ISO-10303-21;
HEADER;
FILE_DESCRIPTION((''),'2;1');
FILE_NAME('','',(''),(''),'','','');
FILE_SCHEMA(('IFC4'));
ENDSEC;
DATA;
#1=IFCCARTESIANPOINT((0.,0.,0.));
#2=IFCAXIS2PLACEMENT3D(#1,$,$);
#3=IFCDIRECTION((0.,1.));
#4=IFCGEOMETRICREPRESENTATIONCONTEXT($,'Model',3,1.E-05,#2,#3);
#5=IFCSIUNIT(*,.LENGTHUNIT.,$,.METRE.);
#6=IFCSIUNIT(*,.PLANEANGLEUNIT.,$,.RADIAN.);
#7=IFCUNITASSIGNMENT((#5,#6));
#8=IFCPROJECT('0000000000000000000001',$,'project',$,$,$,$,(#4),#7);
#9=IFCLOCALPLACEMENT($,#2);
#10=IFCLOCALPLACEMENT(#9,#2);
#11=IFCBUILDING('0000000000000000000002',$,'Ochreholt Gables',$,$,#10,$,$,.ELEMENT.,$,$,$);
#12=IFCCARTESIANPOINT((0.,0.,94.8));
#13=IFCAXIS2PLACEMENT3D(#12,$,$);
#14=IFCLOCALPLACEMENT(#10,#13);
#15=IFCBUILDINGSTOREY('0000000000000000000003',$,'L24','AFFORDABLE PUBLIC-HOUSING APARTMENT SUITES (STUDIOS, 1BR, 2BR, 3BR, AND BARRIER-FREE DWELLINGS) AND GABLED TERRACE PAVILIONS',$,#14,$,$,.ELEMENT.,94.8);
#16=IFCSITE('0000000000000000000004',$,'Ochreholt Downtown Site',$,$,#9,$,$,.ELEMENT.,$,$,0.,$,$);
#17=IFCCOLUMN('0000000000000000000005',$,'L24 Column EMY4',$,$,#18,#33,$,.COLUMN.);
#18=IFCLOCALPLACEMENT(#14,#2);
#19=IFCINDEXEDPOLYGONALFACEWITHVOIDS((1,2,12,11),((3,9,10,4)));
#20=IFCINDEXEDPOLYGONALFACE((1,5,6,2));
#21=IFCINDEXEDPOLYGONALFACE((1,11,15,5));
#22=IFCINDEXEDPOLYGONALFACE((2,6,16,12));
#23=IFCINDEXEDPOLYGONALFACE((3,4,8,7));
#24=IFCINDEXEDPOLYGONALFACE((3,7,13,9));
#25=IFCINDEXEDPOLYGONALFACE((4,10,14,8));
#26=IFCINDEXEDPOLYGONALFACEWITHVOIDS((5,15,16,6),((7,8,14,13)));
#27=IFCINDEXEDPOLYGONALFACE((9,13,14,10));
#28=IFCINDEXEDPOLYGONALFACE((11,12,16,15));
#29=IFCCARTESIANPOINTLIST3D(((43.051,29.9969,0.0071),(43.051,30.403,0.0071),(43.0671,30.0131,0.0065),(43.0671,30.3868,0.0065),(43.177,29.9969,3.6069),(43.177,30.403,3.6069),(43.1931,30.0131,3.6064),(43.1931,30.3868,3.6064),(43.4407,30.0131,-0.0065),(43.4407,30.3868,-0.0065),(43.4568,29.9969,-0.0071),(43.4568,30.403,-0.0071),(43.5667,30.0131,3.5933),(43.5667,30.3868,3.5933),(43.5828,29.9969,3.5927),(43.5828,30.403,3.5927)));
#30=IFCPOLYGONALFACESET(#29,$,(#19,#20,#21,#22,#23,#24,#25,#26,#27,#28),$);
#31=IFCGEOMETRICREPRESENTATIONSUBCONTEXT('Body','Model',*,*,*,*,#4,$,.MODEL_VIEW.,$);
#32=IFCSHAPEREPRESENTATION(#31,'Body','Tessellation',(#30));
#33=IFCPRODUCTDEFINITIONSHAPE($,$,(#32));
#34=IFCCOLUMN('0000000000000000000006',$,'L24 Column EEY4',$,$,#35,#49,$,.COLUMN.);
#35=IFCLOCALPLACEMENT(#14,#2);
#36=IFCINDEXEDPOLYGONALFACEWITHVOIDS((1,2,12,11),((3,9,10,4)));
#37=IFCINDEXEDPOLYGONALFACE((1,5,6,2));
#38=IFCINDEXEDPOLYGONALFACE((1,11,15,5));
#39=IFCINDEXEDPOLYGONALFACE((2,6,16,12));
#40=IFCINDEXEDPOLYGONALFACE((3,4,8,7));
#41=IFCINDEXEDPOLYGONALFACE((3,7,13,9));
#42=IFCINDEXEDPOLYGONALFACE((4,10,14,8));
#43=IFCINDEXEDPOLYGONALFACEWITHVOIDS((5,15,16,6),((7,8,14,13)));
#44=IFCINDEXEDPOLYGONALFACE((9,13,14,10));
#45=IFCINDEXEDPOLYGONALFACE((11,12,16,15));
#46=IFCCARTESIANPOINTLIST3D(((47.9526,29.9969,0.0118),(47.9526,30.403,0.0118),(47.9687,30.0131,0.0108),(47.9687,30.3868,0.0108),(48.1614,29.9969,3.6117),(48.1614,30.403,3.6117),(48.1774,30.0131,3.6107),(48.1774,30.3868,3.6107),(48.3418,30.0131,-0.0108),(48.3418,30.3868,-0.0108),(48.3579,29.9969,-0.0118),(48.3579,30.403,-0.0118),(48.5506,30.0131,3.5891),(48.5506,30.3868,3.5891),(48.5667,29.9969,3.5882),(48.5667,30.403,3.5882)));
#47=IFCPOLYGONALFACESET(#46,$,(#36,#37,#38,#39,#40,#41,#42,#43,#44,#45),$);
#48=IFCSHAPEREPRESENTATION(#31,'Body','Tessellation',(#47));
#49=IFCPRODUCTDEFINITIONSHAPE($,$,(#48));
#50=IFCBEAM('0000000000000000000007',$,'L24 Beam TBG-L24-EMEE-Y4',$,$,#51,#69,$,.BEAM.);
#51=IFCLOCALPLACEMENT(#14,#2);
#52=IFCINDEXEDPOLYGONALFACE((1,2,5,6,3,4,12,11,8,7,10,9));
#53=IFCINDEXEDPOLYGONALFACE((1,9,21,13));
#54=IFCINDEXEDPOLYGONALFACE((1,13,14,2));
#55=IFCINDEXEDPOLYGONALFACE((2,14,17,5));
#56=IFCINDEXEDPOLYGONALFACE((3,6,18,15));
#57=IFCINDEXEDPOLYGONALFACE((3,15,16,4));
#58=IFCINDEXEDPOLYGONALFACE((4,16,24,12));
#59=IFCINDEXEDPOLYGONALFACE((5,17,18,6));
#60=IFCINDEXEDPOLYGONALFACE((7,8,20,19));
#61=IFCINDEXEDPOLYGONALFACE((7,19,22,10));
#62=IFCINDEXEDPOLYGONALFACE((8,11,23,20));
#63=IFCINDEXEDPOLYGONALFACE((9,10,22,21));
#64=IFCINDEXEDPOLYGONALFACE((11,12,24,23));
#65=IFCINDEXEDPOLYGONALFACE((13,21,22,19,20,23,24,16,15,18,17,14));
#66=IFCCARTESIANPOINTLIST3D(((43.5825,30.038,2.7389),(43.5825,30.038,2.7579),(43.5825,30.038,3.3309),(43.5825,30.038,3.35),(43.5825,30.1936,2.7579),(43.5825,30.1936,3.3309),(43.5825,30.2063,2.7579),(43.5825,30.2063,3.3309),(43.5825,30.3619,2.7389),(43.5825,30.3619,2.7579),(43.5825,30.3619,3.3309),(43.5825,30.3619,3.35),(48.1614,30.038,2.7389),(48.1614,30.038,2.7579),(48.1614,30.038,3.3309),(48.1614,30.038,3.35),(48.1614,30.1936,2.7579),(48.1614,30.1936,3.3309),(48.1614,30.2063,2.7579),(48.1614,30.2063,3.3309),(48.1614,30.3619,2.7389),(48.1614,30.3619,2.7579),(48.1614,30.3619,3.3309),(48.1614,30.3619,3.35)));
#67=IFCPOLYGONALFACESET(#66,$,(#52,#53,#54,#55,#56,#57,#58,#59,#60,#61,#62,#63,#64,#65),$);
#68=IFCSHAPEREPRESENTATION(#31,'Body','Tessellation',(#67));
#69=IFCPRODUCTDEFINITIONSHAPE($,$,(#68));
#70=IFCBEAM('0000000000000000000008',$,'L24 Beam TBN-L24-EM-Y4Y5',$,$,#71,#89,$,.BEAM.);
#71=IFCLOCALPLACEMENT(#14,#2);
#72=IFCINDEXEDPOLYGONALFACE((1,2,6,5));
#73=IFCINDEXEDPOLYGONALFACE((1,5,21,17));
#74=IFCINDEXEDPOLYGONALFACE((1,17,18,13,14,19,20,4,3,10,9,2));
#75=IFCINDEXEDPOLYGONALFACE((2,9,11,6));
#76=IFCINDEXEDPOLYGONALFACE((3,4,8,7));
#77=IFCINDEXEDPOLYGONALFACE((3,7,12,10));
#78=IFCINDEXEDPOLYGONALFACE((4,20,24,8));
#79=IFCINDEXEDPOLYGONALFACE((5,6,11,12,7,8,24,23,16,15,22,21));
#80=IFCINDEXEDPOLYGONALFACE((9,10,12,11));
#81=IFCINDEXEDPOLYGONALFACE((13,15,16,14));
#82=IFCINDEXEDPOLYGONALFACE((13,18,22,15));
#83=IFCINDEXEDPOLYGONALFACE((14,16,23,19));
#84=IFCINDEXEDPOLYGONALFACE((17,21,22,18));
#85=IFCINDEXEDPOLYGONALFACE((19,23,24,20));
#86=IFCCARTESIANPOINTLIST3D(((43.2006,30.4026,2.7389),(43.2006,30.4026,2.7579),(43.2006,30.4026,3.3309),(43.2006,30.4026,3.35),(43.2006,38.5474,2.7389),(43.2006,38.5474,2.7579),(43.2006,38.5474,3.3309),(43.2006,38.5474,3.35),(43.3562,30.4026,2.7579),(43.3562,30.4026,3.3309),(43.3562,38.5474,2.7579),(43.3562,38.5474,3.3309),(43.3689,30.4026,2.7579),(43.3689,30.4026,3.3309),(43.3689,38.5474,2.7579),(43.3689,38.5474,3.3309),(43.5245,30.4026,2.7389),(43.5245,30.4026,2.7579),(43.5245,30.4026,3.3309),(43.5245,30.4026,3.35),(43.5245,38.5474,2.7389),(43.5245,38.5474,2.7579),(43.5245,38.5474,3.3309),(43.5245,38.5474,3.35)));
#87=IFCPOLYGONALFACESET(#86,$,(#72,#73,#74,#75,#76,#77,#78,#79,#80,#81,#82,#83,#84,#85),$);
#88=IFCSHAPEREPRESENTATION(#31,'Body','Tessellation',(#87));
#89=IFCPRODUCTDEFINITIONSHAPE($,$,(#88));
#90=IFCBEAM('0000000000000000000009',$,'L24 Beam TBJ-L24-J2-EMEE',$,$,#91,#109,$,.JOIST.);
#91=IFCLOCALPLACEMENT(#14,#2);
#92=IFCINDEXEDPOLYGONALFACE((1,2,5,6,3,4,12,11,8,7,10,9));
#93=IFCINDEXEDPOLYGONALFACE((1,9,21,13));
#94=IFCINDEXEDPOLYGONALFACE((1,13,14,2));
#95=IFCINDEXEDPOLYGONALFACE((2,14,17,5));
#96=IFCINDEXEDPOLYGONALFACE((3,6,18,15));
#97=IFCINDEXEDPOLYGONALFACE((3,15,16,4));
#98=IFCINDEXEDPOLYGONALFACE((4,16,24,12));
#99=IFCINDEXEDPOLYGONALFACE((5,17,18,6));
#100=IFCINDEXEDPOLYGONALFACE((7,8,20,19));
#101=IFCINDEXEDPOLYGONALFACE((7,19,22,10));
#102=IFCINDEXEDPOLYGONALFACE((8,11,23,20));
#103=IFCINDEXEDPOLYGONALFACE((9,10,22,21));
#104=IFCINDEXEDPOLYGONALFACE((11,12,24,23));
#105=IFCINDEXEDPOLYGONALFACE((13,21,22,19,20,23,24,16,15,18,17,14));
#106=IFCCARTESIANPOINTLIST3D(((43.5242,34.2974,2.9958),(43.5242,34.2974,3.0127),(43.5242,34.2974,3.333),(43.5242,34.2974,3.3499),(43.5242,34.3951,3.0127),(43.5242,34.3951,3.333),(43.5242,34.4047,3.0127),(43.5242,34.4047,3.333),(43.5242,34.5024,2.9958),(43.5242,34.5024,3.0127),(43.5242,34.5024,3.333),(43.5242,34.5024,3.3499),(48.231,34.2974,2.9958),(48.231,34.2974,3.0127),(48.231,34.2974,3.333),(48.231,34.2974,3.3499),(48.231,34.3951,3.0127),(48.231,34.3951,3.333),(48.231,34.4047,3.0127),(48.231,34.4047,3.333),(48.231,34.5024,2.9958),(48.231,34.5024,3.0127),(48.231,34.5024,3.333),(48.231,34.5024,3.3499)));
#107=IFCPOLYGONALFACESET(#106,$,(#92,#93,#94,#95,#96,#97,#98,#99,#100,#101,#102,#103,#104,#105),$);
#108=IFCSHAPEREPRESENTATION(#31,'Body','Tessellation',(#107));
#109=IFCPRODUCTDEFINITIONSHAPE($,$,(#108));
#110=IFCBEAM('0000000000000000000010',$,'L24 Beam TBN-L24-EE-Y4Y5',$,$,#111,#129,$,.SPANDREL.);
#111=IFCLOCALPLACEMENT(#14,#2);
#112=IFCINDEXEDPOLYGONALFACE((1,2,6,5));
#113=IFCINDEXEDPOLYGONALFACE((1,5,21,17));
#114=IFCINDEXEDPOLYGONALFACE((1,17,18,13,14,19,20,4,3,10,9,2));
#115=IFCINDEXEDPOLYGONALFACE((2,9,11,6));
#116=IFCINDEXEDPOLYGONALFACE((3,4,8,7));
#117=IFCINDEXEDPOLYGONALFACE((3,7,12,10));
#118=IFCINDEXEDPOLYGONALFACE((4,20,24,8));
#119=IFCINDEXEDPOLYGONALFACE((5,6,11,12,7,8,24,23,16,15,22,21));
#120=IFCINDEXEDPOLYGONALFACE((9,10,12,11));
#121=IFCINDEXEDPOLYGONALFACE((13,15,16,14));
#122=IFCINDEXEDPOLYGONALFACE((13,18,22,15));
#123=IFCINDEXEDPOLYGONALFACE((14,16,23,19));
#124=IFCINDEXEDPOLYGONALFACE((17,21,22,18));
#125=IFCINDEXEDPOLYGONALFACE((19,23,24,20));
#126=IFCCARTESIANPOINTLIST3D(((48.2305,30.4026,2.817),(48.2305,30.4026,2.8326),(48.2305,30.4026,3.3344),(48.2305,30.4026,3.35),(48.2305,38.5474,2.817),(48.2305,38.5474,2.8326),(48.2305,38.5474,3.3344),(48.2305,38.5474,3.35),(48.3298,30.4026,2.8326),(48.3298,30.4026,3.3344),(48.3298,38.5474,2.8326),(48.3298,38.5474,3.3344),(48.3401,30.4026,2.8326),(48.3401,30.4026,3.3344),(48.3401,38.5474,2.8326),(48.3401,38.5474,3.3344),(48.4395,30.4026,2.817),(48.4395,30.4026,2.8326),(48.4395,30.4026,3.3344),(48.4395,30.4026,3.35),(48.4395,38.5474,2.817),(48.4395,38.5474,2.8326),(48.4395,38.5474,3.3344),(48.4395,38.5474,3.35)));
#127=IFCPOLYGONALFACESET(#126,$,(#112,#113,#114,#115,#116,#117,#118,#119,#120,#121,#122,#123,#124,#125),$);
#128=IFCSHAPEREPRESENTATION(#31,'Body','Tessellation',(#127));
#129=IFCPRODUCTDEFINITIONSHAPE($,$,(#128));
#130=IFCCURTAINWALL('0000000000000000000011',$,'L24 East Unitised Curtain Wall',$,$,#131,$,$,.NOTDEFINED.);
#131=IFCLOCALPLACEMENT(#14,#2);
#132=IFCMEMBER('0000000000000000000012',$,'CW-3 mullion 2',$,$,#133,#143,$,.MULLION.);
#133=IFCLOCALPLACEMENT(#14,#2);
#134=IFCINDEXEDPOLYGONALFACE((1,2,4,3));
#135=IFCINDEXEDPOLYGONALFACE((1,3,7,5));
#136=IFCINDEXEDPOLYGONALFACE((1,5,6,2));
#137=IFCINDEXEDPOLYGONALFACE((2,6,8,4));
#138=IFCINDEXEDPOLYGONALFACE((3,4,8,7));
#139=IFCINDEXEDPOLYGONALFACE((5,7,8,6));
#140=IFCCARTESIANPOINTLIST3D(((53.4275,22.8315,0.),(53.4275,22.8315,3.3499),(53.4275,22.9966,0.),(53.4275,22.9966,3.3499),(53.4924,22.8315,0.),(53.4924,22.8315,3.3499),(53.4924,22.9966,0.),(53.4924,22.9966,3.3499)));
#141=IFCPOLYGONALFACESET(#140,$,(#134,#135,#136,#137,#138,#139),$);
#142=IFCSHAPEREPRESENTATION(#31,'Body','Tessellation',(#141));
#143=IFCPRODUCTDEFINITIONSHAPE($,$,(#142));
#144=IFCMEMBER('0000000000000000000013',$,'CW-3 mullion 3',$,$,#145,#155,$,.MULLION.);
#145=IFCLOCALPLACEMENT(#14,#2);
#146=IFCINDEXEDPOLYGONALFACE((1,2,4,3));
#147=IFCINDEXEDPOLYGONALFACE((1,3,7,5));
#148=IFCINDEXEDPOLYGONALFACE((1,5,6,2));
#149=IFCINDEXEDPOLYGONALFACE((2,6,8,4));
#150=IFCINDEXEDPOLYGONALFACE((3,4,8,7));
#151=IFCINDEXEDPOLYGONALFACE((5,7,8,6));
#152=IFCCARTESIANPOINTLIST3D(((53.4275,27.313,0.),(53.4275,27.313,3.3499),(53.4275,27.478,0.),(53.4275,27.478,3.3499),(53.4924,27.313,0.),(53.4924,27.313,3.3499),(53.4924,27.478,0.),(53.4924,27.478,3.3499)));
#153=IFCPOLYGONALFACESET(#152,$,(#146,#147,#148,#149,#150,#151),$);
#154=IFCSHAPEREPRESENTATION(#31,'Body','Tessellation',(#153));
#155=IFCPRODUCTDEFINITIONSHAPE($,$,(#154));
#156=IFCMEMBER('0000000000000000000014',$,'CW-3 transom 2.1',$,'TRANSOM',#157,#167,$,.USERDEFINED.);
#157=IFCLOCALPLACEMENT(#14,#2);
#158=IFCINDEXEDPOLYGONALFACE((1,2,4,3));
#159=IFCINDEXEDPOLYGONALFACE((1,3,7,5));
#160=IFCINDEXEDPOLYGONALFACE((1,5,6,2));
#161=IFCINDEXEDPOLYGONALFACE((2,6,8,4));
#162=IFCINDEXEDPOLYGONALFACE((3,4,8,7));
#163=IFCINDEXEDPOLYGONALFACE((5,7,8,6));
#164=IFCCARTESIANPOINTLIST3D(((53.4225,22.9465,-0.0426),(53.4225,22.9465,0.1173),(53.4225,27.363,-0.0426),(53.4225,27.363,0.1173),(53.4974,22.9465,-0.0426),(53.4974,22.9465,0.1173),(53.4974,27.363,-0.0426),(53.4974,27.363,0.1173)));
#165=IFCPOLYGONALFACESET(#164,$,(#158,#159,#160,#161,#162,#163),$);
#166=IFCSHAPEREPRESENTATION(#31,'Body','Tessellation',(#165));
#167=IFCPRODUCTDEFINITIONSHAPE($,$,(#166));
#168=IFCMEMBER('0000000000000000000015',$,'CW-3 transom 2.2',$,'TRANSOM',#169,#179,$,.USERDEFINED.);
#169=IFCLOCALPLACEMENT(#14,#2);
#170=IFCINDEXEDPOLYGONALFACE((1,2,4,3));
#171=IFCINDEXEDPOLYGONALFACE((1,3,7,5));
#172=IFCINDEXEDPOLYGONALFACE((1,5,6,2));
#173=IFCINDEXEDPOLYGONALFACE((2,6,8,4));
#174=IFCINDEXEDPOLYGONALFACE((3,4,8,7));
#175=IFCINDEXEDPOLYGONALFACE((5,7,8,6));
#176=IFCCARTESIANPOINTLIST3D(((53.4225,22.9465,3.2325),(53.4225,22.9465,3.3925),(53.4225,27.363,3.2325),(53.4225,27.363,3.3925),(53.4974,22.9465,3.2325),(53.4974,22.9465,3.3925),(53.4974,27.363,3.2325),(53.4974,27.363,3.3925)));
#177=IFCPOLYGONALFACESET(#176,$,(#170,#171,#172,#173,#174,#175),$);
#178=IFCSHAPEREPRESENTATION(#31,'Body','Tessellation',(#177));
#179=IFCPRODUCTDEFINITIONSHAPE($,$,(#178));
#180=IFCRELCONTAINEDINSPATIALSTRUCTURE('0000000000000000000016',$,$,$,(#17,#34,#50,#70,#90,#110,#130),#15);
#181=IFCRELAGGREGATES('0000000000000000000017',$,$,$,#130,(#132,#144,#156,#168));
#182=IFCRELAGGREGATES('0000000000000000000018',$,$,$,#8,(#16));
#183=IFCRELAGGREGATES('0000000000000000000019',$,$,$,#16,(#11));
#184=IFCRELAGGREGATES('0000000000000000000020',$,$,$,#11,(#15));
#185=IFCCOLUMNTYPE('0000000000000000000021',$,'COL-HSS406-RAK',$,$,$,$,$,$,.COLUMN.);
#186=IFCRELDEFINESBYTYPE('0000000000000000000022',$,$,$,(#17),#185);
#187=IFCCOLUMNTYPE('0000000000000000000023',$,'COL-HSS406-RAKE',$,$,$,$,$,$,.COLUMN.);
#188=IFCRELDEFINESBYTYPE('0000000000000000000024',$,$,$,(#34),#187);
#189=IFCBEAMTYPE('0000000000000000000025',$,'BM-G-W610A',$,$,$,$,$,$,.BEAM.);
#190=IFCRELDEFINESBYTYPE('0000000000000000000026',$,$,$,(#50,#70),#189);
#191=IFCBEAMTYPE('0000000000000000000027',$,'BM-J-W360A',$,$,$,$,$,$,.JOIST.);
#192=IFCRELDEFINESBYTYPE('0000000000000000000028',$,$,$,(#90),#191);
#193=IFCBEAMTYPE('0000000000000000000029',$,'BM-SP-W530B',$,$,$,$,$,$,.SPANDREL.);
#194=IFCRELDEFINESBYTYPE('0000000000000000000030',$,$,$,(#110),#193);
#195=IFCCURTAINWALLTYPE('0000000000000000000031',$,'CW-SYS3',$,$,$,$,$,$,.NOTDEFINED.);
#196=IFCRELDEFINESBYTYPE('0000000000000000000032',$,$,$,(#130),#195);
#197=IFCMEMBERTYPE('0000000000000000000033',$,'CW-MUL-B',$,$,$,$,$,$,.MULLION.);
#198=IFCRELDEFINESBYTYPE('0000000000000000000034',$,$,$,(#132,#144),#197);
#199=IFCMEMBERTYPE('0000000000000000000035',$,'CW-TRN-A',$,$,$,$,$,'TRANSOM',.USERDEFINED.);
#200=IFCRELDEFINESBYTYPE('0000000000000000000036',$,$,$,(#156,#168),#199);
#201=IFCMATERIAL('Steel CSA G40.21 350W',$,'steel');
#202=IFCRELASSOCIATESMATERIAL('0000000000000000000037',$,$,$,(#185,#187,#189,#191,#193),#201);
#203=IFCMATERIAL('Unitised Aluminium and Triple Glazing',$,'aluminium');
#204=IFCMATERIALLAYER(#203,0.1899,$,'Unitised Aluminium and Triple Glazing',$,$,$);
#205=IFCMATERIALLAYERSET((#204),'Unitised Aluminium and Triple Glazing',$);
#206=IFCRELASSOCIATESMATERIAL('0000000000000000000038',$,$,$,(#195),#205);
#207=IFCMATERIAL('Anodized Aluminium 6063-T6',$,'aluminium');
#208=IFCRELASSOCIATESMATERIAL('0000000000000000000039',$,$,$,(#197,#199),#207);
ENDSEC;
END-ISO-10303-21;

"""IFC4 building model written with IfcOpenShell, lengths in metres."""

from ifc_helpers import new_model, si_unit, direction, frame, origin, origin_2d, place, context, subcontext, project, spatial, rectangle, hollow_rectangle, i_section, extrude, material, layer, layer_set, material_profile, profile_set, type_object, element, aggregate, save


model = new_model("IFC4")

# Units and contexts
model_context = context("Model", 3, precision=1e-05, world=origin(), true_north=direction((0.0, 1.0)))
body_context = subcontext(model_context, "Body", "Model", "MODEL_VIEW")
ifc_project = project(units=[si_unit("LENGTHUNIT", "METRE"), si_unit("PLANEANGLEUNIT", "RADIAN")], contexts=[model_context])

# Site, building, storey
site_placement = place(None, origin())
site = spatial("IfcSite", under=ifc_project, at=site_placement, Name="Ochreholt Downtown Site", CompositionType="ELEMENT", RefElevation=0.0)
building_placement = place(site_placement, origin())
building = spatial("IfcBuilding", under=site, at=building_placement, Name="Ochreholt Gables", CompositionType="ELEMENT")
storey_placement = place(building_placement, frame((0.0, 0.0, 94.8)))
storey = spatial("IfcBuildingStorey", under=building, at=storey_placement, Name="L24", Description="AFFORDABLE PUBLIC-HOUSING APARTMENT SUITES (STUDIOS, 1BR, 2BR, 3BR, AND BARRIER-FREE DWELLINGS) AND GABLED TERRACE PAVILIONS", CompositionType="ELEMENT", Elevation=94.8)

# Columns
ifc_material_1 = material(Name="Steel CSA G40.21 350W", Category="steel")
ifc_material_profile_1 = material_profile(ifc_material_1, hollow_rectangle(XDim=0.406, YDim=0.406, WallThickness=0.0161, at=origin_2d()), Name="HSS406X406X16")
ifc_profile_set_1 = profile_set([ifc_material_profile_1], Name="Steel CSA G40.21 350W")
column_type_1 = type_object("IfcColumnType", Name="COL-HSS406-RAK", PredefinedType="COLUMN", material=ifc_profile_set_1)
column_1_placement = place(storey_placement, frame((43.2539, 30.2, 0.0), z_axis=(0.034974, 0.0, 0.999388), x_axis=(0.0, 1.0, 0.0)))
element("IfcColumn", 1, at=column_1_placement, inside=storey, type_object=column_type_1, Name="L24 Column EMY4", PredefinedType="COLUMN", context=body_context, shape_type="SweptSolid", body=[
    extrude(hollow_rectangle(XDim=0.406, YDim=0.406, WallThickness=0.0161, at=origin_2d()), origin(), (0.0, 0.0, 1.0), 3.6021),
])
ifc_material_profile_2 = material_profile(ifc_material_1, hollow_rectangle(XDim=0.406, YDim=0.406, WallThickness=0.0161, at=origin_2d()), Name="HSS406X406X16")
ifc_profile_set_2 = profile_set([ifc_material_profile_2], Name="Steel CSA G40.21 350W")
column_type_2 = type_object("IfcColumnType", Name="COL-HSS406-RAKE", PredefinedType="COLUMN", material=ifc_profile_set_2)
column_2_placement = place(storey_placement, frame((48.1553, 30.2, 0.0), z_axis=(0.057889, 0.0, 0.998323), x_axis=(0.0, 1.0, 0.0)))
element("IfcColumn", 2, at=column_2_placement, inside=storey, type_object=column_type_2, Name="L24 Column EEY4", PredefinedType="COLUMN", context=body_context, shape_type="SweptSolid", body=[
    extrude(hollow_rectangle(XDim=0.406, YDim=0.406, WallThickness=0.0161, at=origin_2d()), origin(), (0.0, 0.0, 1.0), 3.606),
])

# Beams
ifc_material_profile_3 = material_profile(ifc_material_1, i_section(OverallWidth=0.324, OverallDepth=0.6111, WebThickness=0.0127, FlangeThickness=0.019, at=origin_2d()), Name="W610X155")
ifc_profile_set_3 = profile_set([ifc_material_profile_3], Name="Steel CSA G40.21 350W")
beam_type_1 = type_object("IfcBeamType", Name="BM-G-W610A", PredefinedType="BEAM", material=ifc_profile_set_3)
beam_1_placement = place(storey_placement, frame((43.5825, 30.2, 3.0444), z_axis=(1.0, 0.0, 0.0), x_axis=(0.0, 1.0, 0.0)))
element("IfcBeam", 3, at=beam_1_placement, inside=storey, type_object=beam_type_1, Name="L24 Beam TBG-L24-EMEE-Y4", PredefinedType="BEAM", context=body_context, shape_type="SweptSolid", body=[
    extrude(i_section(OverallWidth=0.324, OverallDepth=0.6111, WebThickness=0.0127, FlangeThickness=0.019, at=origin_2d()), origin(), (0.0, 0.0, 1.0), 4.5789),
])
beam_2_placement = place(storey_placement, frame((43.3625, 30.4026, 3.0444), z_axis=(0.0, 1.0, 0.0), x_axis=(-1.0, 0.0, 0.0)))
element("IfcBeam", 4, at=beam_2_placement, inside=storey, type_object=beam_type_1, Name="L24 Beam TBN-L24-EM-Y4Y5", PredefinedType="BEAM", context=body_context, shape_type="SweptSolid", body=[
    extrude(i_section(OverallWidth=0.324, OverallDepth=0.6111, WebThickness=0.0127, FlangeThickness=0.019, at=origin_2d()), origin(), (0.0, 0.0, 1.0), 8.1448),
])
ifc_material_profile_4 = material_profile(ifc_material_1, i_section(OverallWidth=0.2051, OverallDepth=0.354, WebThickness=0.0095, FlangeThickness=0.0168, at=origin_2d()), Name="W360X79")
ifc_profile_set_4 = profile_set([ifc_material_profile_4], Name="Steel CSA G40.21 350W")
beam_type_2 = type_object("IfcBeamType", Name="BM-J-W360A", PredefinedType="JOIST", material=ifc_profile_set_4)
beam_3_placement = place(storey_placement, frame((43.5242, 34.3999, 3.1729), z_axis=(1.0, 0.0, 0.0), x_axis=(0.0, 1.0, 0.0)))
element("IfcBeam", 5, at=beam_3_placement, inside=storey, type_object=beam_type_2, Name="L24 Beam TBJ-L24-J2-EMEE", PredefinedType="JOIST", context=body_context, shape_type="SweptSolid", body=[
    extrude(i_section(OverallWidth=0.2051, OverallDepth=0.354, WebThickness=0.0095, FlangeThickness=0.0168, at=origin_2d()), origin(), (0.0, 0.0, 1.0), 4.7068),
])
ifc_material_profile_5 = material_profile(ifc_material_1, i_section(OverallWidth=0.209, OverallDepth=0.533, WebThickness=0.0103, FlangeThickness=0.0156, at=origin_2d()), Name="W530X92")
ifc_profile_set_5 = profile_set([ifc_material_profile_5], Name="Steel CSA G40.21 350W")
beam_type_3 = type_object("IfcBeamType", Name="BM-SP-W530B", PredefinedType="SPANDREL", material=ifc_profile_set_5)
beam_4_placement = place(storey_placement, frame((48.335, 30.4026, 3.0835), z_axis=(0.0, 1.0, 0.0), x_axis=(-1.0, 0.0, 0.0)))
element("IfcBeam", 6, at=beam_4_placement, inside=storey, type_object=beam_type_3, Name="L24 Beam TBN-L24-EE-Y4Y5", PredefinedType="SPANDREL", context=body_context, shape_type="SweptSolid", body=[
    extrude(i_section(OverallWidth=0.209, OverallDepth=0.533, WebThickness=0.0103, FlangeThickness=0.0156, at=origin_2d()), origin(), (0.0, 0.0, 1.0), 8.1448),
])

# Curtain wall, members
ifc_material_2 = material(Name="Unitised Aluminium and Triple Glazing", Category="aluminium")
ifc_layer_1 = layer(ifc_material_2, 0.1899, Name="Unitised Aluminium and Triple Glazing")
ifc_layer_set_1 = layer_set([ifc_layer_1], Name="Unitised Aluminium and Triple Glazing")
curtain_wall_type = type_object("IfcCurtainWallType", Name="CW-SYS3", PredefinedType="NOTDEFINED", material=ifc_layer_set_1)
curtain_wall_placement = place(storey_placement, origin())
curtain_wall = element("IfcCurtainWall", 7, at=curtain_wall_placement, inside=storey, type_object=curtain_wall_type, Name="L24 East Unitised Curtain Wall", PredefinedType="NOTDEFINED")
ifc_material_3 = material(Name="Anodized Aluminium 6063-T6", Category="aluminium")
ifc_material_profile_6 = material_profile(ifc_material_3, rectangle(XDim=0.0649, YDim=0.165, at=origin_2d()), Name="CWM65X165")
ifc_profile_set_6 = profile_set([ifc_material_profile_6], Name="Anodized Aluminium 6063-T6")
member_type_1 = type_object("IfcMemberType", Name="CW-MUL-B", PredefinedType="MULLION", material=ifc_profile_set_6)
member_1_placement = place(storey_placement, frame((53.46, 22.9141, 0.0), z_axis=(0.0, 0.0, 1.0), x_axis=(-1.0, 0.0, 0.0)))
member_1 = element("IfcMember", 8, at=member_1_placement, type_object=member_type_1, Name="CW-3 mullion 2", PredefinedType="MULLION", context=body_context, shape_type="SweptSolid", body=[
    extrude(rectangle(XDim=0.0649, YDim=0.165, at=origin_2d()), origin(), (0.0, 0.0, 1.0), 3.3499),
])
member_2_placement = place(storey_placement, frame((53.46, 27.3955, 0.0), z_axis=(0.0, 0.0, 1.0), x_axis=(-1.0, 0.0, 0.0)))
member_2 = element("IfcMember", 9, at=member_2_placement, type_object=member_type_1, Name="CW-3 mullion 3", PredefinedType="MULLION", context=body_context, shape_type="SweptSolid", body=[
    extrude(rectangle(XDim=0.0649, YDim=0.165, at=origin_2d()), origin(), (0.0, 0.0, 1.0), 3.3499),
])
ifc_material_profile_7 = material_profile(ifc_material_3, rectangle(XDim=0.075, YDim=0.1599, at=origin_2d()), Name="CWT75X160")
ifc_profile_set_7 = profile_set([ifc_material_profile_7], Name="Anodized Aluminium 6063-T6")
member_type_2 = type_object("IfcMemberType", Name="CW-TRN-A", ElementType="TRANSOM", PredefinedType="USERDEFINED", material=ifc_profile_set_7)
member_3_placement = place(storey_placement, frame((53.46, 22.9465, 0.0374), z_axis=(0.0, 1.0, 0.0), x_axis=(-1.0, 0.0, 0.0)))
member_3 = element("IfcMember", 10, at=member_3_placement, type_object=member_type_2, Name="CW-3 transom 2.1", ObjectType="TRANSOM", PredefinedType="USERDEFINED", context=body_context, shape_type="SweptSolid", body=[
    extrude(rectangle(XDim=0.075, YDim=0.1599, at=origin_2d()), origin(), (0.0, 0.0, 1.0), 4.4165),
])
member_4_placement = place(storey_placement, frame((53.46, 22.9465, 3.3125), z_axis=(0.0, 1.0, 0.0), x_axis=(-1.0, 0.0, 0.0)))
member_4 = element("IfcMember", 11, at=member_4_placement, type_object=member_type_2, Name="CW-3 transom 2.2", ObjectType="TRANSOM", PredefinedType="USERDEFINED", context=body_context, shape_type="SweptSolid", body=[
    extrude(rectangle(XDim=0.075, YDim=0.1599, at=origin_2d()), origin(), (0.0, 0.0, 1.0), 4.4165),
])
aggregate(curtain_wall, [member_1, member_2, member_3, member_4])

save(model, "model.ifc")
